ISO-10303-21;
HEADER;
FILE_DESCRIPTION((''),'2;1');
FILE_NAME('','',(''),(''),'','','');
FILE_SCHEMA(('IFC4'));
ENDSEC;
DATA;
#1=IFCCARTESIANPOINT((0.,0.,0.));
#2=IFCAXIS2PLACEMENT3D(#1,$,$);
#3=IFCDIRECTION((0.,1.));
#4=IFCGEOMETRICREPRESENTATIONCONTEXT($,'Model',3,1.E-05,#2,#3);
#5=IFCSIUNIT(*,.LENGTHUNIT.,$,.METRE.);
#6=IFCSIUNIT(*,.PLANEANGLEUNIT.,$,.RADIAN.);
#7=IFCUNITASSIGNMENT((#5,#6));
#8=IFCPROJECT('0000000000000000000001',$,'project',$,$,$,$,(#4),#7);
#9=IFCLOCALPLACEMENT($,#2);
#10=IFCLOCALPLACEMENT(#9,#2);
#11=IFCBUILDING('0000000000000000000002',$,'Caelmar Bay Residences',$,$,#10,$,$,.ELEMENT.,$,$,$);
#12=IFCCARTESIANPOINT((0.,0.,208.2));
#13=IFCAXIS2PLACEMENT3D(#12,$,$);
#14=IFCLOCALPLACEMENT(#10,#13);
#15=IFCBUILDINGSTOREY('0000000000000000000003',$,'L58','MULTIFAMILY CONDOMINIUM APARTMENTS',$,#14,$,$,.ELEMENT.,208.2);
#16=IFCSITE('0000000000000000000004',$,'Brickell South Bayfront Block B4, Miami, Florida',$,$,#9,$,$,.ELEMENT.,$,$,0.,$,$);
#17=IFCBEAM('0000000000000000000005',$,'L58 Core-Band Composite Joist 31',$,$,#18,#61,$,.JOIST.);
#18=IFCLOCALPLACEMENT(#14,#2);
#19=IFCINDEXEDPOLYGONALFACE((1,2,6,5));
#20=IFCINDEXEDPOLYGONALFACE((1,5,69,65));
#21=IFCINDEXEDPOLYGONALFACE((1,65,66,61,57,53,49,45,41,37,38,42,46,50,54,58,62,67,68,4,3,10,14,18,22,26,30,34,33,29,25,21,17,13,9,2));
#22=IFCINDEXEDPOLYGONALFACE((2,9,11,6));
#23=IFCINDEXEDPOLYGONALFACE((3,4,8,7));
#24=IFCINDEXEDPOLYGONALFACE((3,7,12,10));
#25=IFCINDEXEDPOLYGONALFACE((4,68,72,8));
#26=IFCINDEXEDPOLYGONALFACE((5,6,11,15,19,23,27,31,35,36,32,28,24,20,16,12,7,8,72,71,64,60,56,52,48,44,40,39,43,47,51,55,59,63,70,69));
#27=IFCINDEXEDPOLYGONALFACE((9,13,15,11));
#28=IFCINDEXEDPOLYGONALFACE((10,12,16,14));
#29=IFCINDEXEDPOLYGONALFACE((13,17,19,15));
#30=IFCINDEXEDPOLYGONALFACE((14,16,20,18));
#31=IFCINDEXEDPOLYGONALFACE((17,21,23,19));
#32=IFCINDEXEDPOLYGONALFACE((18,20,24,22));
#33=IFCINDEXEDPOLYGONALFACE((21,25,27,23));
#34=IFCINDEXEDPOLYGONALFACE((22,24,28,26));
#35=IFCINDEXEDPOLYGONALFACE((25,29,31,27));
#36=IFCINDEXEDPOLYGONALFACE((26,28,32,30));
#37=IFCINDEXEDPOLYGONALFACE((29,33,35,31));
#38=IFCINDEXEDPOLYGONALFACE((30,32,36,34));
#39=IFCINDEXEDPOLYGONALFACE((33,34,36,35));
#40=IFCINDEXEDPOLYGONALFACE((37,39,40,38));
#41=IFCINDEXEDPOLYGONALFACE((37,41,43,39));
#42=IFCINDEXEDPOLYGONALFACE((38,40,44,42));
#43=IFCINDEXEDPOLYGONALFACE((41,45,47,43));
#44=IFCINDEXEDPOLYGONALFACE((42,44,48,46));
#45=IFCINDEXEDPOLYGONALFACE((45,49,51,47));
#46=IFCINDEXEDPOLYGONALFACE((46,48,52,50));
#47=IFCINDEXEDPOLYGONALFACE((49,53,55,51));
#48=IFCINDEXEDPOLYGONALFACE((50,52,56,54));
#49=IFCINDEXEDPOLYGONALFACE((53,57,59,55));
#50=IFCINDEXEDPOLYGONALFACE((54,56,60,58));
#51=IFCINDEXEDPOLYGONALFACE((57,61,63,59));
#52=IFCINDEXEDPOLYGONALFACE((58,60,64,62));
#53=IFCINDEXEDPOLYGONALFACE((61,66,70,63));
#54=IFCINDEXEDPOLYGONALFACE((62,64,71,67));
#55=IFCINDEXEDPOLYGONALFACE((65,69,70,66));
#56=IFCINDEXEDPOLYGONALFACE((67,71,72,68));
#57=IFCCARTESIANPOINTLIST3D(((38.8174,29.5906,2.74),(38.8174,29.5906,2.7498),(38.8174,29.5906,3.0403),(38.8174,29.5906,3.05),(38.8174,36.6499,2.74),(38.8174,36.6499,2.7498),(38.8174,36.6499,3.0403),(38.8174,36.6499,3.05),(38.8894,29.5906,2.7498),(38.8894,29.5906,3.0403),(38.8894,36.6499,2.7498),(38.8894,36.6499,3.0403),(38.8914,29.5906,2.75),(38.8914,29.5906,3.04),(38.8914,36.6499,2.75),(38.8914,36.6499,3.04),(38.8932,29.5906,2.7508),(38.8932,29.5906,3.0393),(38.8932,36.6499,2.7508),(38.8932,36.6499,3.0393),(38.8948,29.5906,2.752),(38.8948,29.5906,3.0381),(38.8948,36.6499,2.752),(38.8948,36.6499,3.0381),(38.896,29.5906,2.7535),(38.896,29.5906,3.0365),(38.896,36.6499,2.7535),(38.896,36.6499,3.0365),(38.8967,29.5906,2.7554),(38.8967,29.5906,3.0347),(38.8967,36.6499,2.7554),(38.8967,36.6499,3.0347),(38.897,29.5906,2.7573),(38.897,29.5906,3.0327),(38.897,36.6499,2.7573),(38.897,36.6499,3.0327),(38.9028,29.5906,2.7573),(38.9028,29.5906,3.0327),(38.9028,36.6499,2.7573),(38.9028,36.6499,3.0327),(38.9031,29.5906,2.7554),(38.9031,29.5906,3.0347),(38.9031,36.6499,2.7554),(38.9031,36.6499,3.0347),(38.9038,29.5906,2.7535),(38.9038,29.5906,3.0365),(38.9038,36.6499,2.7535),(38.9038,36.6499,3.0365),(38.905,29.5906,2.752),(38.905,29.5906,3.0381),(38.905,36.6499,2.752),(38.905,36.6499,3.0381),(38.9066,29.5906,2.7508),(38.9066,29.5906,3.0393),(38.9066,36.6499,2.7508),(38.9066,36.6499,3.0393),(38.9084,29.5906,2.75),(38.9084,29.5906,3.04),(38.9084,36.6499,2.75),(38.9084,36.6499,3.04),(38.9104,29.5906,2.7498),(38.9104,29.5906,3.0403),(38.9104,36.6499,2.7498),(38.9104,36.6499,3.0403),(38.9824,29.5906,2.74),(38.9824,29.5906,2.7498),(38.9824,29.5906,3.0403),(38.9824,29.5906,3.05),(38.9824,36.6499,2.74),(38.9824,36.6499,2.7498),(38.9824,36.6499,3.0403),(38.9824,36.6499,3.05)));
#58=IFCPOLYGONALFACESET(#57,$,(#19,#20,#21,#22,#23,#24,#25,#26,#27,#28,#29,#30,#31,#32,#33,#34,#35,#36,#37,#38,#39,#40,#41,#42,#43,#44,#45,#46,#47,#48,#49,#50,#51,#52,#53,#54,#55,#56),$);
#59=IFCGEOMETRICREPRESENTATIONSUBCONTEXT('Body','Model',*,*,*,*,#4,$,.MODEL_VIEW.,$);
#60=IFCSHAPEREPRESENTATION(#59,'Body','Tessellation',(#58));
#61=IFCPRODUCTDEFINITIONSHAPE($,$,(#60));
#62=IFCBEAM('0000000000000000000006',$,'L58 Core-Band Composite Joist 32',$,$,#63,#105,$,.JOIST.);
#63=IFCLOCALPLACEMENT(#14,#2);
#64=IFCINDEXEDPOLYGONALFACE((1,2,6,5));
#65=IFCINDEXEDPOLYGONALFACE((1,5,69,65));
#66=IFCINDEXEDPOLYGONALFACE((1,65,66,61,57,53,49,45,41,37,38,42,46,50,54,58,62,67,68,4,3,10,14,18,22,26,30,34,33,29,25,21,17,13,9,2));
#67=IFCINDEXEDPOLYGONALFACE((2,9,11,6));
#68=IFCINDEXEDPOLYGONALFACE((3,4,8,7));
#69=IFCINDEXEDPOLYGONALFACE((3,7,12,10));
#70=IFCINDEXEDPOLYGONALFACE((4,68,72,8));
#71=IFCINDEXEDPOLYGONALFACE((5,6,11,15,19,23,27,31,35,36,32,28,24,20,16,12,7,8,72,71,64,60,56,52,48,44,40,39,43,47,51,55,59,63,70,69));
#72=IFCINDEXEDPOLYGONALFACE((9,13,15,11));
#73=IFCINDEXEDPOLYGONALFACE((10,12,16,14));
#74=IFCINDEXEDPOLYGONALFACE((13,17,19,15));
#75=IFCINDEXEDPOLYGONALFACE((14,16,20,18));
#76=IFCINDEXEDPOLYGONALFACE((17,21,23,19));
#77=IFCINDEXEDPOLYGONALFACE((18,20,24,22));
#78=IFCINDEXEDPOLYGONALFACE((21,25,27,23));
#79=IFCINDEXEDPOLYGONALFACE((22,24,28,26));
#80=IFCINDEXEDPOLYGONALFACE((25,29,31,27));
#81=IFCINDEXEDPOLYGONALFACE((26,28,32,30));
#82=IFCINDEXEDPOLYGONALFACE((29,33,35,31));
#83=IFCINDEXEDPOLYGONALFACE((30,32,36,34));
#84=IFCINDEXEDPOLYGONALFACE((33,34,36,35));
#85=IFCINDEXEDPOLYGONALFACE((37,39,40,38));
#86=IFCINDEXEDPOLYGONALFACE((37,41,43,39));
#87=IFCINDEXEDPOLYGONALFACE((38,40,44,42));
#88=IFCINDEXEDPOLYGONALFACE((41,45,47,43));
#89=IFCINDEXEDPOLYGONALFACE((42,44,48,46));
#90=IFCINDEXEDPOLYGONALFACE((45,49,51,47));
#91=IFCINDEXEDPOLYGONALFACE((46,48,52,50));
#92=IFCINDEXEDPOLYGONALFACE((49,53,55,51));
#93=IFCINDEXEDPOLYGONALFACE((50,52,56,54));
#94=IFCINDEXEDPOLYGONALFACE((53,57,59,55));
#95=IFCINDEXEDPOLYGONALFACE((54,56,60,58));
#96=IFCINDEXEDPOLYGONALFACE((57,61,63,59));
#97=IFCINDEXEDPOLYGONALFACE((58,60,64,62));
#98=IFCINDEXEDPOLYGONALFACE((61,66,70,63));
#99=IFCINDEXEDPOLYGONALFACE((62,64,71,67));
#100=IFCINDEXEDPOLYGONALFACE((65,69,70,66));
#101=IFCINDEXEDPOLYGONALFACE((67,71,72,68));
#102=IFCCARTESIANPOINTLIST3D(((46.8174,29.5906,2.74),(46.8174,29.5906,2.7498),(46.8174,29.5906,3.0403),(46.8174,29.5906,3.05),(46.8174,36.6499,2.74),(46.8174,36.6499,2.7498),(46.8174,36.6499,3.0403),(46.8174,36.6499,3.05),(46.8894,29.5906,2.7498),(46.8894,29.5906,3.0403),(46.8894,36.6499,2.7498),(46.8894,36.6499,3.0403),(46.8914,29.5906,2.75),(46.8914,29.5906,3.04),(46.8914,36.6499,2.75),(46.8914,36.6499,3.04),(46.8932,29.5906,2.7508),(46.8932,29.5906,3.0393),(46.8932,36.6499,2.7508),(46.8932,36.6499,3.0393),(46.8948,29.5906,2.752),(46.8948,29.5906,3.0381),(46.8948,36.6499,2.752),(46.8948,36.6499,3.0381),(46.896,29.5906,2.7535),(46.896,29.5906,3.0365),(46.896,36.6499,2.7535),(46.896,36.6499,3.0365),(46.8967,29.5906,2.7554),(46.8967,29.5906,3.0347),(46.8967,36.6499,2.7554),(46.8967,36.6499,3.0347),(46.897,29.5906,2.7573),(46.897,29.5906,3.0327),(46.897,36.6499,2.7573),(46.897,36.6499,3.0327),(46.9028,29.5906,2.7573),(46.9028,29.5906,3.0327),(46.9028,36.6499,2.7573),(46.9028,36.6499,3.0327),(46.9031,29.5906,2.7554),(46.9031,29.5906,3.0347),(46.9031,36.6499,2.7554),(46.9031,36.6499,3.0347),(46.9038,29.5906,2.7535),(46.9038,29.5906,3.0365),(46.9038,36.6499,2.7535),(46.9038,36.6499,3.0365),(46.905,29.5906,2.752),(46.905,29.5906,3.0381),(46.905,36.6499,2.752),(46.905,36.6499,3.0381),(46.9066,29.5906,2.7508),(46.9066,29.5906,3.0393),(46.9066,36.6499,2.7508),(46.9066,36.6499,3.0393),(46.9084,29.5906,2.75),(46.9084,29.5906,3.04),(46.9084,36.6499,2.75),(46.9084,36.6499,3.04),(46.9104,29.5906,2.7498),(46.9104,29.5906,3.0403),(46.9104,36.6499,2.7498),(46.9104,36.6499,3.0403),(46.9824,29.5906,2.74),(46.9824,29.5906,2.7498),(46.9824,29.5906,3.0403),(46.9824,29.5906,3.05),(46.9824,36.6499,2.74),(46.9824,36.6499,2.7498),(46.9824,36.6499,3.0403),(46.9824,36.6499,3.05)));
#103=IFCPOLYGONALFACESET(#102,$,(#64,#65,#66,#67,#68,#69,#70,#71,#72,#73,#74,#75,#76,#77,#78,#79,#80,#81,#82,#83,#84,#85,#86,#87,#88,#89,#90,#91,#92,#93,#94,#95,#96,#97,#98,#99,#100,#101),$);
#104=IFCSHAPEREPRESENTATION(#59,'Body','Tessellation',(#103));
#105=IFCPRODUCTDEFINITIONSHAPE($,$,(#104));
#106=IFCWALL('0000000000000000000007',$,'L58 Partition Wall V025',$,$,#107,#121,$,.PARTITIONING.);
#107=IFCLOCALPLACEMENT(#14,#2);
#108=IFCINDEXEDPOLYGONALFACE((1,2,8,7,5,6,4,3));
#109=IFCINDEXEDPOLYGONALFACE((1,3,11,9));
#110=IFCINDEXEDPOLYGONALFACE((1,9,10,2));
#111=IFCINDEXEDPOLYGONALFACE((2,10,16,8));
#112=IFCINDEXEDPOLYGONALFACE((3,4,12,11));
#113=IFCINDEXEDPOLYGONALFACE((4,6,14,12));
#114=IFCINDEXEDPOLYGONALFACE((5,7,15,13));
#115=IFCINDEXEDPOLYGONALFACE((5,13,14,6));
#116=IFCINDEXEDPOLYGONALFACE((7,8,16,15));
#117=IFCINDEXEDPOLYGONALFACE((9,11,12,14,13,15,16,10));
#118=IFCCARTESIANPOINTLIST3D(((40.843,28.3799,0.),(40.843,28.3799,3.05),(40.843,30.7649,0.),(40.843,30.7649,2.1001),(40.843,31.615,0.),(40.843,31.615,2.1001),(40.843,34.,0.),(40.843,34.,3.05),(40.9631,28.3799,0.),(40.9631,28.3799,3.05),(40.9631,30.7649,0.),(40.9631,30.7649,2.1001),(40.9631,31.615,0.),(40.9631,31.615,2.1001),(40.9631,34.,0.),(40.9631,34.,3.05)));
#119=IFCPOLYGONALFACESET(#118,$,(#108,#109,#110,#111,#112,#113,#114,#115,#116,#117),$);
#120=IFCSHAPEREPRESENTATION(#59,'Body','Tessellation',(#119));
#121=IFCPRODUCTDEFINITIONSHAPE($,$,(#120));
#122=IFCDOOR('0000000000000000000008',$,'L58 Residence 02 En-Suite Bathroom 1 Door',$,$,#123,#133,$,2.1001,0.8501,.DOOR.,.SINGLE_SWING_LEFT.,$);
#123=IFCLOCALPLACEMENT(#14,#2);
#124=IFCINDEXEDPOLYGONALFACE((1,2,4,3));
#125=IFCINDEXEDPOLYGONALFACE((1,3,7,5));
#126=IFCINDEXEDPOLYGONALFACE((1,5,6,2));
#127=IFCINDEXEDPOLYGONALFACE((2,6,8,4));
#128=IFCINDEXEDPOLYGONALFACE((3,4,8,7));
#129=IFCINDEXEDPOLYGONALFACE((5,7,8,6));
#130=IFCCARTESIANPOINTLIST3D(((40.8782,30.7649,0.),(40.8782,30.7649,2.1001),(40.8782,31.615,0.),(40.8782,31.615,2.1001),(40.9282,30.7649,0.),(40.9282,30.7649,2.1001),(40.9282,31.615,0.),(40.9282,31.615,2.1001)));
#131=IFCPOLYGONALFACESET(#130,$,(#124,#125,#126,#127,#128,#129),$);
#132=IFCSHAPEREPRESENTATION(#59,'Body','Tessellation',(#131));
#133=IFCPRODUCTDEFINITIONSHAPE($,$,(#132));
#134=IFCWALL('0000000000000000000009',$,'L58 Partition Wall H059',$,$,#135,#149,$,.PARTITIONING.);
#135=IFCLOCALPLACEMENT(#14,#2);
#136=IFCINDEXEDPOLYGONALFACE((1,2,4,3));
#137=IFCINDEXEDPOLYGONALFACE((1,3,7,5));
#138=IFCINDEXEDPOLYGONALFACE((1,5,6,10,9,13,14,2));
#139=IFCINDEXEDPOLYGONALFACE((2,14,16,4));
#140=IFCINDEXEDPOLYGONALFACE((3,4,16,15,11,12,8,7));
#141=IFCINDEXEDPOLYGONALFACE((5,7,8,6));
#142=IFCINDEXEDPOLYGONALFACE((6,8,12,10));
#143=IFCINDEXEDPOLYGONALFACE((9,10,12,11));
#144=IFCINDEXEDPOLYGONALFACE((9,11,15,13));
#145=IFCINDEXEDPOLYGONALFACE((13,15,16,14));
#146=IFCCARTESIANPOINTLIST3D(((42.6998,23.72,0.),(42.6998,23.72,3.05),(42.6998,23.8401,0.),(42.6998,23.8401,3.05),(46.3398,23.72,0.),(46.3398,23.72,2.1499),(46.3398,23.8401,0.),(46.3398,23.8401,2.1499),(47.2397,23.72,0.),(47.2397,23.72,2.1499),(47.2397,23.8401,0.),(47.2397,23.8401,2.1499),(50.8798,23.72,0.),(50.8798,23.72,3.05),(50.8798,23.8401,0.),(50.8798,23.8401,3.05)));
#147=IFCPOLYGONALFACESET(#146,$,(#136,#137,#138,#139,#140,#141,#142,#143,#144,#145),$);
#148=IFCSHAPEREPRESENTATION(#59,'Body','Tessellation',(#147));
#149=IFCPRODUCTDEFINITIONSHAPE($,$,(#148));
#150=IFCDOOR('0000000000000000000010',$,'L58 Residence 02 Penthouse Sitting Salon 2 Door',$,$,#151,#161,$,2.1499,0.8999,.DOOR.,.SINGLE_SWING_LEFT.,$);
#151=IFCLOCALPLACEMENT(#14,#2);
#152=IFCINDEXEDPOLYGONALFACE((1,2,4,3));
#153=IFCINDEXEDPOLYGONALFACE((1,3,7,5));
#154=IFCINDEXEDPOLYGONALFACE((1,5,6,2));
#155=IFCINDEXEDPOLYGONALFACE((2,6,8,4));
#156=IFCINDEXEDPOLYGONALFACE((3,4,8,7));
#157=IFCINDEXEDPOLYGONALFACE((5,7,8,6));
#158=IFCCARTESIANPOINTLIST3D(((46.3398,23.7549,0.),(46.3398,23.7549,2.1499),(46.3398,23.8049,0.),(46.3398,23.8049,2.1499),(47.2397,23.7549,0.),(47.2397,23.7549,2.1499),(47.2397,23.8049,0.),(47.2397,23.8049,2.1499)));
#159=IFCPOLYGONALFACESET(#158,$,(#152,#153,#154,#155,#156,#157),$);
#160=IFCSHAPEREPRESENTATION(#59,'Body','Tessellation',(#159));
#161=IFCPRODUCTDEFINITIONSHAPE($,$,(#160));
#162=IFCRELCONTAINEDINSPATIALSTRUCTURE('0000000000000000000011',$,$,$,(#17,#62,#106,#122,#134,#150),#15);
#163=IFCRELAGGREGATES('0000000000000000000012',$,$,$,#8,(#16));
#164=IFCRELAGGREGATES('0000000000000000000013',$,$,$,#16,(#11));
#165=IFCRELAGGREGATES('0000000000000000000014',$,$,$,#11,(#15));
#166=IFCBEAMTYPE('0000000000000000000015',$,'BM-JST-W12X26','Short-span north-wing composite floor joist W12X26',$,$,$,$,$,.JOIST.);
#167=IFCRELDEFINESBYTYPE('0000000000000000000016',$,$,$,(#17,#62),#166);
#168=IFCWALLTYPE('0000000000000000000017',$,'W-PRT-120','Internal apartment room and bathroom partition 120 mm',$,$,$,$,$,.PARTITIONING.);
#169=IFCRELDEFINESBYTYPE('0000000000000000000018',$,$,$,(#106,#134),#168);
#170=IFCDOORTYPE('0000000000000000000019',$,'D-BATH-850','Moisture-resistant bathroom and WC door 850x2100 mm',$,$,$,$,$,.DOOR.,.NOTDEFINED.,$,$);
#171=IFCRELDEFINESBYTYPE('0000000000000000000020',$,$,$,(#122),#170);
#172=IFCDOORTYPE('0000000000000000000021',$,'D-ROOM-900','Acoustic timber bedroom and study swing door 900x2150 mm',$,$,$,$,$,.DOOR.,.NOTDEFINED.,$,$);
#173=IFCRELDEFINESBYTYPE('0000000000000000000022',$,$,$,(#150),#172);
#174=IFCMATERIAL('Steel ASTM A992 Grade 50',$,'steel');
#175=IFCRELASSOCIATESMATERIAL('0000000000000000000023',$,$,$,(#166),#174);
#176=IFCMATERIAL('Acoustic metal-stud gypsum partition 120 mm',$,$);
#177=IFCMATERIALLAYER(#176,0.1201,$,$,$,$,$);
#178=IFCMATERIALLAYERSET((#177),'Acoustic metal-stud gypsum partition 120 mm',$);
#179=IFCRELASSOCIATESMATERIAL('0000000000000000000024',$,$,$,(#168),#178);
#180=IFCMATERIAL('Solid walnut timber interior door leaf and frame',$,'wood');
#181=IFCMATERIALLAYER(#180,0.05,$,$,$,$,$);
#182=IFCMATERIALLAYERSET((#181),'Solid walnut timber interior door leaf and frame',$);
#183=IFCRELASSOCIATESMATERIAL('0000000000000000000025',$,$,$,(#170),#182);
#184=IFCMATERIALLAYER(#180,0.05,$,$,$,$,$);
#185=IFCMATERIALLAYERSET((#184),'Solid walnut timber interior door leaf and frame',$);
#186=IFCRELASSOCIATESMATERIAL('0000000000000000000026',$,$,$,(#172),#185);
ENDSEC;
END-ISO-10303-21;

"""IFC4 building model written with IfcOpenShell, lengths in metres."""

from ifc_helpers import new_model, si_unit, direction, frame, frame_2d, origin, origin_2d, place, context, subcontext, project, spatial, rectangle, i_section, extrude, material, layer, layer_set, material_profile, profile_set, type_object, element, fill, save


model = new_model("IFC4")

# Units and contexts
model_context = context("Model", 3, precision=1e-05, world=origin(), true_north=direction((0.0, 1.0)))
body_context = subcontext(model_context, "Body", "Model", "MODEL_VIEW")
ifc_project = project(units=[si_unit("LENGTHUNIT", "METRE"), si_unit("PLANEANGLEUNIT", "RADIAN")], contexts=[model_context])

# Site, building, storey
site_placement = place(None, origin())
site = spatial("IfcSite", under=ifc_project, at=site_placement, Name="Brickell South Bayfront Block B4, Miami, Florida", CompositionType="ELEMENT", RefElevation=0.0)
building_placement = place(site_placement, origin())
building = spatial("IfcBuilding", under=site, at=building_placement, Name="Caelmar Bay Residences", CompositionType="ELEMENT")
storey_placement = place(building_placement, frame((0.0, 0.0, 208.2)))
storey = spatial("IfcBuildingStorey", under=building, at=storey_placement, Name="L58", Description="MULTIFAMILY CONDOMINIUM APARTMENTS", CompositionType="ELEMENT", Elevation=208.2)

# Beams
ifc_material_1 = material(Name="Steel ASTM A992 Grade 50", Category="steel")
ifc_material_profile_1 = material_profile(ifc_material_1, i_section(OverallWidth=0.165, OverallDepth=0.3101, WebThickness=0.0059, FlangeThickness=0.0098, FilletRadius=0.0076, at=origin_2d()), Name="W12X26")
ifc_profile_set_1 = profile_set([ifc_material_profile_1], Name="Steel ASTM A992 Grade 50")
beam_type_1 = type_object("IfcBeamType", Name="BM-JST-W12X26", Description="Short-span north-wing composite floor joist W12X26", PredefinedType="JOIST", material=ifc_profile_set_1)
for number, where, z_axis, x_axis, name in (
    (1, (38.8999, 29.5906, 2.895), (0.0, 1.0, 0.0), (-1.0, 0.0, 0.0), "L58 Core-Band Composite Joist 31"),
    (2, (46.8999, 29.5906, 2.895), (0.0, 1.0, 0.0), (-1.0, 0.0, 0.0), "L58 Core-Band Composite Joist 32"),
):
    element("IfcBeam", number, at=place(storey_placement, frame(where, z_axis=z_axis, x_axis=x_axis)), inside=storey, type_object=beam_type_1, Name=name, PredefinedType="JOIST", context=body_context, shape_type="SweptSolid", body=[
        extrude(i_section(OverallWidth=0.165, OverallDepth=0.3101, WebThickness=0.0059, FlangeThickness=0.0098, FilletRadius=0.0076, at=origin_2d()), origin(), (0.0, 0.0, 1.0), 7.0593),
    ])

# Walls, openings, doors
ifc_material_2 = material(Name="Acoustic metal-stud gypsum partition 120 mm")
ifc_layer_1 = layer(ifc_material_2, 0.1201)
ifc_layer_set_1 = layer_set([ifc_layer_1], Name="Acoustic metal-stud gypsum partition 120 mm")
wall_type = type_object("IfcWallType", Name="W-PRT-120", Description="Internal apartment room and bathroom partition 120 mm", PredefinedType="PARTITIONING", material=ifc_layer_set_1)
wall_1_placement = place(storey_placement, frame((40.9031, 28.3799, 0.0), z_axis=(0.0, 0.0, 1.0), x_axis=(0.0, 1.0, 0.0)))
wall_1 = element("IfcWall", 3, at=wall_1_placement, inside=storey, type_object=wall_type, Name="L58 Partition Wall V025", PredefinedType="PARTITIONING", context=body_context, shape_type="SweptSolid", body=[
    extrude(rectangle(XDim=5.6201, YDim=0.1201, at=frame_2d((2.8101, 0.0))), origin(), (0.0, 0.0, 1.0), 3.05),
])
opening_1_placement = place(wall_1_placement, frame((2.385, 0.0, 0.0)))
opening_1 = element("IfcOpeningElement", 4, at=opening_1_placement, cuts=wall_1, PredefinedType="OPENING", context=body_context, shape_type="SweptSolid", body=[
    extrude(rectangle(XDim=0.8501, YDim=2.1001, at=frame_2d((0.425, 1.05))), frame((0.0, 0.0701, 0.0), z_axis=(0.0, -1.0, 0.0), x_axis=(1.0, 0.0, 0.0)), (0.0, 0.0, 1.0), 0.1401),
])
ifc_material_3 = material(Name="Solid walnut timber interior door leaf and frame", Category="wood")
ifc_layer_2 = layer(ifc_material_3, 0.05)
ifc_layer_set_2 = layer_set([ifc_layer_2], Name="Solid walnut timber interior door leaf and frame")
door_type_1 = type_object("IfcDoorType", Name="D-BATH-850", Description="Moisture-resistant bathroom and WC door 850x2100 mm", OperationType="NOTDEFINED", PredefinedType="DOOR", material=ifc_layer_set_2)
door_1_placement = place(opening_1_placement, origin())
door_1 = element("IfcDoor", 5, at=door_1_placement, inside=storey, type_object=door_type_1, Name="L58 Residence 02 En-Suite Bathroom 1 Door", OperationType="SINGLE_SWING_LEFT", OverallHeight=2.1001, OverallWidth=0.8501, PredefinedType="DOOR", context=body_context, shape_type="SweptSolid", body=[
    extrude(rectangle(XDim=0.8501, YDim=2.1001, at=frame_2d((0.425, 1.05))), frame((0.0, 0.0249, 0.0), z_axis=(0.0, -1.0, 0.0), x_axis=(1.0, 0.0, 0.0)), (0.0, 0.0, 1.0), 0.05),
])
fill(opening_1, door_1)
wall_2_placement = place(storey_placement, frame((42.7, 23.78, 0.0), z_axis=(0.0, 0.0, 1.0), x_axis=(1.0, 0.0, 0.0)))
wall_2 = element("IfcWall", 6, at=wall_2_placement, inside=storey, type_object=wall_type, Name="L58 Partition Wall H059", PredefinedType="PARTITIONING", context=body_context, shape_type="SweptSolid", body=[
    extrude(rectangle(XDim=8.1799, YDim=0.1201, at=frame_2d((4.0898, 0.0))), origin(), (0.0, 0.0, 1.0), 3.05),
])
opening_2_placement = place(wall_2_placement, frame((3.6399, 0.0, 0.0)))
opening_2 = element("IfcOpeningElement", 7, at=opening_2_placement, cuts=wall_2, PredefinedType="OPENING", context=body_context, shape_type="SweptSolid", body=[
    extrude(rectangle(XDim=0.8999, YDim=2.1499, at=frame_2d((0.45, 1.075))), frame((0.0, 0.0701, 0.0), z_axis=(0.0, -1.0, 0.0), x_axis=(1.0, 0.0, 0.0)), (0.0, 0.0, 1.0), 0.1401),
])
ifc_layer_3 = layer(ifc_material_3, 0.05)
ifc_layer_set_3 = layer_set([ifc_layer_3], Name="Solid walnut timber interior door leaf and frame")
door_type_2 = type_object("IfcDoorType", Name="D-ROOM-900", Description="Acoustic timber bedroom and study swing door 900x2150 mm", OperationType="NOTDEFINED", PredefinedType="DOOR", material=ifc_layer_set_3)
door_2_placement = place(opening_2_placement, origin())
door_2 = element("IfcDoor", 8, at=door_2_placement, inside=storey, type_object=door_type_2, Name="L58 Residence 02 Penthouse Sitting Salon 2 Door", OperationType="SINGLE_SWING_LEFT", OverallHeight=2.1499, OverallWidth=0.8999, PredefinedType="DOOR", context=body_context, shape_type="SweptSolid", body=[
    extrude(rectangle(XDim=0.8999, YDim=2.1499, at=frame_2d((0.45, 1.075))), frame((0.0, 0.0249, 0.0), z_axis=(0.0, -1.0, 0.0), x_axis=(1.0, 0.0, 0.0)), (0.0, 0.0, 1.0), 0.05),
])
fill(opening_2, door_2)

save(model, "model.ifc")
